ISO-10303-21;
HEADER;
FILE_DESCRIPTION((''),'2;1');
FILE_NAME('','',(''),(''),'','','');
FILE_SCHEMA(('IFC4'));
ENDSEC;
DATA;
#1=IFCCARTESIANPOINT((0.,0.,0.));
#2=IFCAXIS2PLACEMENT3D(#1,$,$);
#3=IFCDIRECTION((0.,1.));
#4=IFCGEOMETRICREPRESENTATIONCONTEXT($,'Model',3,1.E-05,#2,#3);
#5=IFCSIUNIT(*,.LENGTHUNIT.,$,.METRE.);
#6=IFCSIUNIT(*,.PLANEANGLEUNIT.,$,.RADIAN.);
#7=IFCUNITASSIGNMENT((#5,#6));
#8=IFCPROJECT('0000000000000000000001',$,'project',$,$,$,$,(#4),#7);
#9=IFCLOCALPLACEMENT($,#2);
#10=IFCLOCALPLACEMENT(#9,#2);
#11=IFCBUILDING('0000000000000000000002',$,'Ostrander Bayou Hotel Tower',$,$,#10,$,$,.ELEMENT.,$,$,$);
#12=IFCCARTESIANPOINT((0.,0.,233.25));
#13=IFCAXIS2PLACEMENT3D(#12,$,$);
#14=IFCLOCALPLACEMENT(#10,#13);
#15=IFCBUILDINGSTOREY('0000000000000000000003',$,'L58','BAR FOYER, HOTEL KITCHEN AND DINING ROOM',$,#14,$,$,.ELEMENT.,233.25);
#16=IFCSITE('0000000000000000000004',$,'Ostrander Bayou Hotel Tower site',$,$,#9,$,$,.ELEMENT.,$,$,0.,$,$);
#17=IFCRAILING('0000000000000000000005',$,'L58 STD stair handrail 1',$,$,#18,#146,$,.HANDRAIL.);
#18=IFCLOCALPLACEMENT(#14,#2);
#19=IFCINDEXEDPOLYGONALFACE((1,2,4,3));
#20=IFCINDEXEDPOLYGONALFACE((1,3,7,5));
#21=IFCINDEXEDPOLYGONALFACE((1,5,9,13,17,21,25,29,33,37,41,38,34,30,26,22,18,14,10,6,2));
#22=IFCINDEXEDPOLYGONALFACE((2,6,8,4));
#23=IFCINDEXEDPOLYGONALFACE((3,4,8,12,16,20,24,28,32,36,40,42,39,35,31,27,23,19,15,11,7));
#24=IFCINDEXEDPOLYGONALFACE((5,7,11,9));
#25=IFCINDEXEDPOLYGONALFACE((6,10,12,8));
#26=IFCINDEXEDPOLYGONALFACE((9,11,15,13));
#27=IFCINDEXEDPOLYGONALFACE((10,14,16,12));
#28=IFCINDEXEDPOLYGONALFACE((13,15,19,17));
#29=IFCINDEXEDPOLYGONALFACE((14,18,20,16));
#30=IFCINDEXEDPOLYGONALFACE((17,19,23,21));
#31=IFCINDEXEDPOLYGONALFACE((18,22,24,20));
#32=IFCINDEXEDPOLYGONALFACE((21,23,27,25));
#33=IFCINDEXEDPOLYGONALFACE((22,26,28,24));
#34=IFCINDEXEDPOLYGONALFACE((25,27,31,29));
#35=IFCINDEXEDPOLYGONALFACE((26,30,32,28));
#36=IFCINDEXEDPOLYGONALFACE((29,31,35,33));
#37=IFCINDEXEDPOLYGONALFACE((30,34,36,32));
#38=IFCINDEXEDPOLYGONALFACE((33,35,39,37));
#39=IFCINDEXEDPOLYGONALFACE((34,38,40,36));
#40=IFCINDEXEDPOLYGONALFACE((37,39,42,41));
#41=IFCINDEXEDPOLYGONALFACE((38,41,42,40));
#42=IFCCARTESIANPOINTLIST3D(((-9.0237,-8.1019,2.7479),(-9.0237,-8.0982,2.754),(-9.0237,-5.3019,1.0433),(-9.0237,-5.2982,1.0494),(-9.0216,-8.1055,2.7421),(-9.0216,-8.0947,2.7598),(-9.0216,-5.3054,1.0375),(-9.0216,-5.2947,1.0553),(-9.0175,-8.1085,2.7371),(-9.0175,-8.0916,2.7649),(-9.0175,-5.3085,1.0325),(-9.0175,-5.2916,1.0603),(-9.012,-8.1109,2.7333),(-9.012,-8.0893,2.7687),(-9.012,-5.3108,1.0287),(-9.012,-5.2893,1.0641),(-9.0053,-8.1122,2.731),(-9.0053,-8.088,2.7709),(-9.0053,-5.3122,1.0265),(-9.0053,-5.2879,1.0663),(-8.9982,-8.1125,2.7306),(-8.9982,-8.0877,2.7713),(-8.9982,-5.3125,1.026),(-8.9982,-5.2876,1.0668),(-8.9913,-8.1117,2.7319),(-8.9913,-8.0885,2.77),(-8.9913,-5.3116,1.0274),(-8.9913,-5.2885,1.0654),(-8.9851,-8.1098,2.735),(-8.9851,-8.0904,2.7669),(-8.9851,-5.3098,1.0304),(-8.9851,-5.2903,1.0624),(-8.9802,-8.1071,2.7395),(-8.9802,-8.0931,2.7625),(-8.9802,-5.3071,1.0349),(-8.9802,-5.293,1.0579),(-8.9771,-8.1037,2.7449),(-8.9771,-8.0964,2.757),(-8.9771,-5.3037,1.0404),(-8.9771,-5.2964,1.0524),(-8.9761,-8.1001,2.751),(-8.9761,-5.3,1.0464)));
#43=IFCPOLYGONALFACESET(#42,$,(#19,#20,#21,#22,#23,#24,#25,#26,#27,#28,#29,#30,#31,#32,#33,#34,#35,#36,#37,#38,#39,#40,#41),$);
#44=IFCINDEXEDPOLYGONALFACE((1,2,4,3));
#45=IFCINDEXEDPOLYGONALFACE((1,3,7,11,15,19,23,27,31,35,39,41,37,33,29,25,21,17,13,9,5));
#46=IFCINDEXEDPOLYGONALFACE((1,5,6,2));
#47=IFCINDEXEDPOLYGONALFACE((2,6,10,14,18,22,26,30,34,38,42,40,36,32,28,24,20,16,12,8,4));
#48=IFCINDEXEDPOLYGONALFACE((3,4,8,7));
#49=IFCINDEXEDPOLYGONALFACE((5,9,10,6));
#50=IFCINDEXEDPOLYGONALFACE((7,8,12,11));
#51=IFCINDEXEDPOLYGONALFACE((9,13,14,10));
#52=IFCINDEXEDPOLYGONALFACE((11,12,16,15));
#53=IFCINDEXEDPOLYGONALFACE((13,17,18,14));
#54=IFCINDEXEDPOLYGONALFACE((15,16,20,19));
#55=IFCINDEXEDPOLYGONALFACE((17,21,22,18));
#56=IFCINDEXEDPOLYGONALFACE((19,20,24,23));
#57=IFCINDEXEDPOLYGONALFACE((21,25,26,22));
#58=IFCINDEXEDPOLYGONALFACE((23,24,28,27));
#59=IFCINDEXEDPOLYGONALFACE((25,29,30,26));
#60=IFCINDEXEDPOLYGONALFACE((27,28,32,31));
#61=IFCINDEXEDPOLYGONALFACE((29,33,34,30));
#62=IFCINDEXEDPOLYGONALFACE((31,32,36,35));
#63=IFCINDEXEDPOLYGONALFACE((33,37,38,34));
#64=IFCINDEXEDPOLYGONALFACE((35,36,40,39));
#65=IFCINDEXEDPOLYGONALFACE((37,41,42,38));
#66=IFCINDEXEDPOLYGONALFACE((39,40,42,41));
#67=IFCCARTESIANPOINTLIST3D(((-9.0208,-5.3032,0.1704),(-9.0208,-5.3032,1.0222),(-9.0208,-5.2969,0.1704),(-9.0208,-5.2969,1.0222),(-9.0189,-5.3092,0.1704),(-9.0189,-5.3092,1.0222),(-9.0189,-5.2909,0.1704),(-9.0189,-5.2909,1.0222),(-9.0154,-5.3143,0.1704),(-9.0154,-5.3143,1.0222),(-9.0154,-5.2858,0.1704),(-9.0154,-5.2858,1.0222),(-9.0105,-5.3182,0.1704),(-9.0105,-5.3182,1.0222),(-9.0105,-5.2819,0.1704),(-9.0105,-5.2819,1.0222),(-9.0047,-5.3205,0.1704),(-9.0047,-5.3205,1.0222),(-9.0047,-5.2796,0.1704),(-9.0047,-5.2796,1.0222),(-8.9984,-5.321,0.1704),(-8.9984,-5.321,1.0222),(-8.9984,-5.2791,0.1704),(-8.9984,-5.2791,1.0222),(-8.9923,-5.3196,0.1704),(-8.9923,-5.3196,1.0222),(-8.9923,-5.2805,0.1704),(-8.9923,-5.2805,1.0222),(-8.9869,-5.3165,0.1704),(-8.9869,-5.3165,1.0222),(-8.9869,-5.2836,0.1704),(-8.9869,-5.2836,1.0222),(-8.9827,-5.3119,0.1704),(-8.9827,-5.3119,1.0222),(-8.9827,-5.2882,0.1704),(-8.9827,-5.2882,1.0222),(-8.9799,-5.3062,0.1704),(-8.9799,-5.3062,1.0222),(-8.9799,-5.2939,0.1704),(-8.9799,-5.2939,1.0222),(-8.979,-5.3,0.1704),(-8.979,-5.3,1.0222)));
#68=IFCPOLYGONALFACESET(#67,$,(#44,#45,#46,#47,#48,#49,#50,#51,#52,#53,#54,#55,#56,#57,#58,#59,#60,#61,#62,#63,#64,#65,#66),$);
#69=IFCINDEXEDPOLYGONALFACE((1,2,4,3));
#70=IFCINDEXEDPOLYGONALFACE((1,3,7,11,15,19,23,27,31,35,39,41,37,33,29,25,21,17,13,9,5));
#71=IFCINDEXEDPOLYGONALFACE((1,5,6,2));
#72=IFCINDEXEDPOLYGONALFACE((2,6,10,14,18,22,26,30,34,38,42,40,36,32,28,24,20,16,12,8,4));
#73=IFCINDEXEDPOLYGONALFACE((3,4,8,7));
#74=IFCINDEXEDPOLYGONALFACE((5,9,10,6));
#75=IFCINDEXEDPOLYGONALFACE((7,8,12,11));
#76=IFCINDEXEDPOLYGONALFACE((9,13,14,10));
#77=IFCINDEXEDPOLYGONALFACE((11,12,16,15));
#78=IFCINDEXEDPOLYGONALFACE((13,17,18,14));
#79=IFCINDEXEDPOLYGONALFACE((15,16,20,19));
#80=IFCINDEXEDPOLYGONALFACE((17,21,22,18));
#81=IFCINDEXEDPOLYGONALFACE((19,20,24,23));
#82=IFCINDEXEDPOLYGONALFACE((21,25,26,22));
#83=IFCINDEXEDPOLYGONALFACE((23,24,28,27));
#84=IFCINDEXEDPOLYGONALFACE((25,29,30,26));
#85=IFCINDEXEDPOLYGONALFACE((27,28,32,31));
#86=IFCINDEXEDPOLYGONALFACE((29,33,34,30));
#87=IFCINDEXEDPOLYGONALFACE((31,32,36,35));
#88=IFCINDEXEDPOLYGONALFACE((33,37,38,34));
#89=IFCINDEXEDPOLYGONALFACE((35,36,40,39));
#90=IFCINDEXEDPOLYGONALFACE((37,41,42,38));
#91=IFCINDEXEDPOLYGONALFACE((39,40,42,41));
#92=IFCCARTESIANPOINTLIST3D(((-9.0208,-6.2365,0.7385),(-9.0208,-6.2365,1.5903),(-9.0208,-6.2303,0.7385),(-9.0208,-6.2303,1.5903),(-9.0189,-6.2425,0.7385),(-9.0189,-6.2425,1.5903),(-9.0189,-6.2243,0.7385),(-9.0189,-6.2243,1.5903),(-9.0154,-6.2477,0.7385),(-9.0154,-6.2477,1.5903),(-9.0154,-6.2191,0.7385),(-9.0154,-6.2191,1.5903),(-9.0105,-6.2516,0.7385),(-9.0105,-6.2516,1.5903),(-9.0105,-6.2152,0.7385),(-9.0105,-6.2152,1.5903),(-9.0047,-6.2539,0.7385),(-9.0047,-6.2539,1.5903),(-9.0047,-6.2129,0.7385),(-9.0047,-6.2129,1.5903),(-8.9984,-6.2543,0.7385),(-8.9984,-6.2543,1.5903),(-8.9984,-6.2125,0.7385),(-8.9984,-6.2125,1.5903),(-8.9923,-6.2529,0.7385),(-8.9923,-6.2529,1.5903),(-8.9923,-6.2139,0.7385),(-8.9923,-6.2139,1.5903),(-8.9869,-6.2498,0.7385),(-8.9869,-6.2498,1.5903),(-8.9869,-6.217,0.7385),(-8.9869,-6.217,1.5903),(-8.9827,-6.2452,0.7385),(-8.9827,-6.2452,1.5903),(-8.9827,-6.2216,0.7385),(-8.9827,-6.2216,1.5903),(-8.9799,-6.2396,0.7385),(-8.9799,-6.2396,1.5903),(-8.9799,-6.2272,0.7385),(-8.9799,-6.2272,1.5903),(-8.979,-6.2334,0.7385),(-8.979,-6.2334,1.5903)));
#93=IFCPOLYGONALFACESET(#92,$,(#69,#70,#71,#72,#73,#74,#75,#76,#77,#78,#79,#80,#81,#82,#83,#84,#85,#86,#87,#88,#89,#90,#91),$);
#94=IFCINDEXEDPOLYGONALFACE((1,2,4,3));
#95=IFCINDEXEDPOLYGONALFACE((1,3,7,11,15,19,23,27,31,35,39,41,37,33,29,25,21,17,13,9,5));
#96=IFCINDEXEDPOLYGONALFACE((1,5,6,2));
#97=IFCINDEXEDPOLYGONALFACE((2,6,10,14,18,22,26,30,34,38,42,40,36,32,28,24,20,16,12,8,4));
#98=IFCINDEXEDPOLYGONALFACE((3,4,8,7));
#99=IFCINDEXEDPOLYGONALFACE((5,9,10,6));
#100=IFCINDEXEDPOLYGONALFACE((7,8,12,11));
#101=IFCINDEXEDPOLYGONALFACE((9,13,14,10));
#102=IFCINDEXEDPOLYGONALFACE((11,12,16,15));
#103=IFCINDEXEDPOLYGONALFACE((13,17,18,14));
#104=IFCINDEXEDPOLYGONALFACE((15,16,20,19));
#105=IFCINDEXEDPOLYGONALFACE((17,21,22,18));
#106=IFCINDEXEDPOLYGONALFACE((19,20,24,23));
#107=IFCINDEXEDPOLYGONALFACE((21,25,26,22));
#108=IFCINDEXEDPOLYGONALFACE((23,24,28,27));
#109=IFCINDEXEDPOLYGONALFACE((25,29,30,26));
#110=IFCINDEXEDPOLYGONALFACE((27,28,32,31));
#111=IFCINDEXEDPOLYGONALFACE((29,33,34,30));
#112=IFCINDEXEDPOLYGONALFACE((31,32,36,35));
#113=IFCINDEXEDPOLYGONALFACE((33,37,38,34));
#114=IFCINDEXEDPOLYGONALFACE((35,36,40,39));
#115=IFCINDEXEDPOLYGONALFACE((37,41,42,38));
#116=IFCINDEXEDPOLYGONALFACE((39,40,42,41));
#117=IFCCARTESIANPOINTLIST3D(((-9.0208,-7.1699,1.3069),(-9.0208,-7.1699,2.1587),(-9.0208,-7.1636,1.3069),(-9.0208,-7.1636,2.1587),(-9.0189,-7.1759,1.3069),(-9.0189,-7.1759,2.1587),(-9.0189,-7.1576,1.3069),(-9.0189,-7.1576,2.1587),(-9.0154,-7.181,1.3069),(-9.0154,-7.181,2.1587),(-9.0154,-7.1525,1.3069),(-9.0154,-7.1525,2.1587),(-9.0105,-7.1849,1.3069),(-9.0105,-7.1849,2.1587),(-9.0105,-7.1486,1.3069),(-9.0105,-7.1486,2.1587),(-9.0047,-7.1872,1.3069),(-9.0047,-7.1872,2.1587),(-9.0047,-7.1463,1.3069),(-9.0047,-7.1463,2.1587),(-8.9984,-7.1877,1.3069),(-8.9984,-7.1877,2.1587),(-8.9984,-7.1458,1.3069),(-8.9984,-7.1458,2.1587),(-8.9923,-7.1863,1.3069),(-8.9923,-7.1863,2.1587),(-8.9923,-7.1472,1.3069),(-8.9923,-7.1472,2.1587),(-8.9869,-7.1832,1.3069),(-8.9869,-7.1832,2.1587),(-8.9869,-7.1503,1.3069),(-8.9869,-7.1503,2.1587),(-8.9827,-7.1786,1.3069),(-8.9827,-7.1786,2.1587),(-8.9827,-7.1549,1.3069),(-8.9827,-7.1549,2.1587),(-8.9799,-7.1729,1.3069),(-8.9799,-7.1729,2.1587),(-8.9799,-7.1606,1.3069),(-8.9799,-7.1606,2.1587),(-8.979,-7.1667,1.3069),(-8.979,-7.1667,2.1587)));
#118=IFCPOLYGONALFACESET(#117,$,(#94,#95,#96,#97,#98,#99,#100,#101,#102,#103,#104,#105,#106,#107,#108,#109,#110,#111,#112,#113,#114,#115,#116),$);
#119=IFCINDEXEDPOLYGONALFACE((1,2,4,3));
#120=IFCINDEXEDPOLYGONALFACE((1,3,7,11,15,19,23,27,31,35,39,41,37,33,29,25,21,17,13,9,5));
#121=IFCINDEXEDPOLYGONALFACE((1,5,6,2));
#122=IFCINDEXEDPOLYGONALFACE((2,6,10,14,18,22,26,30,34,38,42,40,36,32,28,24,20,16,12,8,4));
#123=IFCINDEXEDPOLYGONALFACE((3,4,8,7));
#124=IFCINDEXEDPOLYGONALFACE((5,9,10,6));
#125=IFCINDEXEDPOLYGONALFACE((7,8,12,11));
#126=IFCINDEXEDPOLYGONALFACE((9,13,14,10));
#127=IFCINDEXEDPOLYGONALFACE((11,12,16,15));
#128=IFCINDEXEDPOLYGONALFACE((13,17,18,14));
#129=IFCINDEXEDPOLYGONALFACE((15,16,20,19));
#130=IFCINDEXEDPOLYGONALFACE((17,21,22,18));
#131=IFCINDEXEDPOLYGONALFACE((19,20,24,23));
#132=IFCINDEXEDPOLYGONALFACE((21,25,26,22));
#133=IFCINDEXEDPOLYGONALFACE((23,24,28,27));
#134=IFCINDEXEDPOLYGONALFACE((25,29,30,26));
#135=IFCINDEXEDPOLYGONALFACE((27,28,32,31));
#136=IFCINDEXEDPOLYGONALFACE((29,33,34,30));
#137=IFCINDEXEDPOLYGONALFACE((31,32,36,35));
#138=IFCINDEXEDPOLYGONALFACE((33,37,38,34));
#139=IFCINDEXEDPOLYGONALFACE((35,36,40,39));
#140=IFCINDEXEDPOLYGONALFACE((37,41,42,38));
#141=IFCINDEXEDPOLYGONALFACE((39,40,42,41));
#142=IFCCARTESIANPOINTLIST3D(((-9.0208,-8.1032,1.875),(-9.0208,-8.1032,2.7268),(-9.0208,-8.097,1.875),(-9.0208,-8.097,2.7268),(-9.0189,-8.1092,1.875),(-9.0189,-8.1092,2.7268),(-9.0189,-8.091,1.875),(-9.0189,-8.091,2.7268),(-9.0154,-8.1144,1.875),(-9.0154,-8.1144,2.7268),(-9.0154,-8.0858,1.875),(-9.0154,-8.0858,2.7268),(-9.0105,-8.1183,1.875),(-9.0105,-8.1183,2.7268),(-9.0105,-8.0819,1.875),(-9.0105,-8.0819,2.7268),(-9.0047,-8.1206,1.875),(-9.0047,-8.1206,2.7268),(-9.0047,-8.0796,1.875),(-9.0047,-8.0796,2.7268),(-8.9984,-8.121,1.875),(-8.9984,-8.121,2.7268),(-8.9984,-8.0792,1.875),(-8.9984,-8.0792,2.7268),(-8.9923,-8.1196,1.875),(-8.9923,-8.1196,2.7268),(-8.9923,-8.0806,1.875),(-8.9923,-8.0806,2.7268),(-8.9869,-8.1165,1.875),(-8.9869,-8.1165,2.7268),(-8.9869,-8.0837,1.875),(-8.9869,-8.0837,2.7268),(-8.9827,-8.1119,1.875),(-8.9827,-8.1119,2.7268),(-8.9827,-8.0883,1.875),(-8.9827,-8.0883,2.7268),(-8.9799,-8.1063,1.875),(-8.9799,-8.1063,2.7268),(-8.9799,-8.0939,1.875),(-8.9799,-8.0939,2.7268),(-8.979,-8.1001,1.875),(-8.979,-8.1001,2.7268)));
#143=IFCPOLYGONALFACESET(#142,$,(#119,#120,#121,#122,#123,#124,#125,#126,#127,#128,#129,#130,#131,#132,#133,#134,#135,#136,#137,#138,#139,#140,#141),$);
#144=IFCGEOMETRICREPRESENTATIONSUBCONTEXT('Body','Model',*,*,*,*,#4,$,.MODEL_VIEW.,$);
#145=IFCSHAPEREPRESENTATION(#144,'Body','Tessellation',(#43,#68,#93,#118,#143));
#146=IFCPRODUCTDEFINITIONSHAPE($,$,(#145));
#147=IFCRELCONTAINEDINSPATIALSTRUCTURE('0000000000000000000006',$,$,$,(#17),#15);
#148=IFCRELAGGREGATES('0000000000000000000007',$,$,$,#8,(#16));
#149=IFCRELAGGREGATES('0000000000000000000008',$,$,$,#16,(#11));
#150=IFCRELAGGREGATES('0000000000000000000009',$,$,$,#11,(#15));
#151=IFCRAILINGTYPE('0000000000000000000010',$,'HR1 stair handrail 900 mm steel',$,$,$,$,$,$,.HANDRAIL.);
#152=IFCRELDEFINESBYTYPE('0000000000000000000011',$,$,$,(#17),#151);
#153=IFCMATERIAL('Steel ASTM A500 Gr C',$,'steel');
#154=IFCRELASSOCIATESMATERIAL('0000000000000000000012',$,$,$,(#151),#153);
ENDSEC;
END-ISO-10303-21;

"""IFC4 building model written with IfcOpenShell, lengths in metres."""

from ifc_helpers import new_model, si_unit, direction, frame, origin, origin_2d, place, context, subcontext, project, spatial, circle, extrude, material, type_object, element, save


model = new_model("IFC4")

# Units and contexts
model_context = context("Model", 3, precision=1e-05, world=origin(), true_north=direction((0.0, 1.0)))
body_context = subcontext(model_context, "Body", "Model", "MODEL_VIEW")
ifc_project = project(units=[si_unit("LENGTHUNIT", "METRE"), si_unit("PLANEANGLEUNIT", "RADIAN")], contexts=[model_context])

# Site, building, storey
site_placement = place(None, origin())
site = spatial("IfcSite", under=ifc_project, at=site_placement, Name="Ostrander Bayou Hotel Tower site", CompositionType="ELEMENT", RefElevation=0.0)
building_placement = place(site_placement, origin())
building = spatial("IfcBuilding", under=site, at=building_placement, Name="Ostrander Bayou Hotel Tower", CompositionType="ELEMENT")
storey_placement = place(building_placement, frame((0.0, 0.0, 233.25)))
storey = spatial("IfcBuildingStorey", under=building, at=storey_placement, Name="L58", Description="BAR FOYER, HOTEL KITCHEN AND DINING ROOM", CompositionType="ELEMENT", Elevation=233.25)

# Railing
ifc_material_1 = material(Name="Steel ASTM A500 Gr C", Category="steel")
railing_type_1 = type_object("IfcRailingType", Name="HR1 stair handrail 900 mm steel", PredefinedType="HANDRAIL", material=ifc_material_1)
railing_1_placement = place(storey_placement, frame((-9.0, -5.3, 0.1704)))
element("IfcRailing", 1, at=railing_1_placement, inside=storey, type_object=railing_type_1, Name="L58 STD stair handrail 1", PredefinedType="HANDRAIL", context=body_context, shape_type="SweptSolid", body=[
    extrude(circle(Radius=0.0239, at=origin_2d()), frame((0.0, 0.0, 0.876), z_axis=(0.0, -0.85417, 0.519994), x_axis=(1.0, 0.0, 0.0)), (0.0, 0.0, 1.0), 3.2781),
    extrude(circle(Radius=0.021, at=origin_2d()), origin(), (0.0, 0.0, 1.0), 0.8518),
    extrude(circle(Radius=0.021, at=origin_2d()), frame((0.0, -0.9333, 0.5681)), (0.0, 0.0, 1.0), 0.8518),
    extrude(circle(Radius=0.021, at=origin_2d()), frame((0.0, -1.8667, 1.1365)), (0.0, 0.0, 1.0), 0.8518),
    extrude(circle(Radius=0.021, at=origin_2d()), frame((0.0, -2.8, 1.7046)), (0.0, 0.0, 1.0), 0.8518),
])

save(model, "model.ifc")
